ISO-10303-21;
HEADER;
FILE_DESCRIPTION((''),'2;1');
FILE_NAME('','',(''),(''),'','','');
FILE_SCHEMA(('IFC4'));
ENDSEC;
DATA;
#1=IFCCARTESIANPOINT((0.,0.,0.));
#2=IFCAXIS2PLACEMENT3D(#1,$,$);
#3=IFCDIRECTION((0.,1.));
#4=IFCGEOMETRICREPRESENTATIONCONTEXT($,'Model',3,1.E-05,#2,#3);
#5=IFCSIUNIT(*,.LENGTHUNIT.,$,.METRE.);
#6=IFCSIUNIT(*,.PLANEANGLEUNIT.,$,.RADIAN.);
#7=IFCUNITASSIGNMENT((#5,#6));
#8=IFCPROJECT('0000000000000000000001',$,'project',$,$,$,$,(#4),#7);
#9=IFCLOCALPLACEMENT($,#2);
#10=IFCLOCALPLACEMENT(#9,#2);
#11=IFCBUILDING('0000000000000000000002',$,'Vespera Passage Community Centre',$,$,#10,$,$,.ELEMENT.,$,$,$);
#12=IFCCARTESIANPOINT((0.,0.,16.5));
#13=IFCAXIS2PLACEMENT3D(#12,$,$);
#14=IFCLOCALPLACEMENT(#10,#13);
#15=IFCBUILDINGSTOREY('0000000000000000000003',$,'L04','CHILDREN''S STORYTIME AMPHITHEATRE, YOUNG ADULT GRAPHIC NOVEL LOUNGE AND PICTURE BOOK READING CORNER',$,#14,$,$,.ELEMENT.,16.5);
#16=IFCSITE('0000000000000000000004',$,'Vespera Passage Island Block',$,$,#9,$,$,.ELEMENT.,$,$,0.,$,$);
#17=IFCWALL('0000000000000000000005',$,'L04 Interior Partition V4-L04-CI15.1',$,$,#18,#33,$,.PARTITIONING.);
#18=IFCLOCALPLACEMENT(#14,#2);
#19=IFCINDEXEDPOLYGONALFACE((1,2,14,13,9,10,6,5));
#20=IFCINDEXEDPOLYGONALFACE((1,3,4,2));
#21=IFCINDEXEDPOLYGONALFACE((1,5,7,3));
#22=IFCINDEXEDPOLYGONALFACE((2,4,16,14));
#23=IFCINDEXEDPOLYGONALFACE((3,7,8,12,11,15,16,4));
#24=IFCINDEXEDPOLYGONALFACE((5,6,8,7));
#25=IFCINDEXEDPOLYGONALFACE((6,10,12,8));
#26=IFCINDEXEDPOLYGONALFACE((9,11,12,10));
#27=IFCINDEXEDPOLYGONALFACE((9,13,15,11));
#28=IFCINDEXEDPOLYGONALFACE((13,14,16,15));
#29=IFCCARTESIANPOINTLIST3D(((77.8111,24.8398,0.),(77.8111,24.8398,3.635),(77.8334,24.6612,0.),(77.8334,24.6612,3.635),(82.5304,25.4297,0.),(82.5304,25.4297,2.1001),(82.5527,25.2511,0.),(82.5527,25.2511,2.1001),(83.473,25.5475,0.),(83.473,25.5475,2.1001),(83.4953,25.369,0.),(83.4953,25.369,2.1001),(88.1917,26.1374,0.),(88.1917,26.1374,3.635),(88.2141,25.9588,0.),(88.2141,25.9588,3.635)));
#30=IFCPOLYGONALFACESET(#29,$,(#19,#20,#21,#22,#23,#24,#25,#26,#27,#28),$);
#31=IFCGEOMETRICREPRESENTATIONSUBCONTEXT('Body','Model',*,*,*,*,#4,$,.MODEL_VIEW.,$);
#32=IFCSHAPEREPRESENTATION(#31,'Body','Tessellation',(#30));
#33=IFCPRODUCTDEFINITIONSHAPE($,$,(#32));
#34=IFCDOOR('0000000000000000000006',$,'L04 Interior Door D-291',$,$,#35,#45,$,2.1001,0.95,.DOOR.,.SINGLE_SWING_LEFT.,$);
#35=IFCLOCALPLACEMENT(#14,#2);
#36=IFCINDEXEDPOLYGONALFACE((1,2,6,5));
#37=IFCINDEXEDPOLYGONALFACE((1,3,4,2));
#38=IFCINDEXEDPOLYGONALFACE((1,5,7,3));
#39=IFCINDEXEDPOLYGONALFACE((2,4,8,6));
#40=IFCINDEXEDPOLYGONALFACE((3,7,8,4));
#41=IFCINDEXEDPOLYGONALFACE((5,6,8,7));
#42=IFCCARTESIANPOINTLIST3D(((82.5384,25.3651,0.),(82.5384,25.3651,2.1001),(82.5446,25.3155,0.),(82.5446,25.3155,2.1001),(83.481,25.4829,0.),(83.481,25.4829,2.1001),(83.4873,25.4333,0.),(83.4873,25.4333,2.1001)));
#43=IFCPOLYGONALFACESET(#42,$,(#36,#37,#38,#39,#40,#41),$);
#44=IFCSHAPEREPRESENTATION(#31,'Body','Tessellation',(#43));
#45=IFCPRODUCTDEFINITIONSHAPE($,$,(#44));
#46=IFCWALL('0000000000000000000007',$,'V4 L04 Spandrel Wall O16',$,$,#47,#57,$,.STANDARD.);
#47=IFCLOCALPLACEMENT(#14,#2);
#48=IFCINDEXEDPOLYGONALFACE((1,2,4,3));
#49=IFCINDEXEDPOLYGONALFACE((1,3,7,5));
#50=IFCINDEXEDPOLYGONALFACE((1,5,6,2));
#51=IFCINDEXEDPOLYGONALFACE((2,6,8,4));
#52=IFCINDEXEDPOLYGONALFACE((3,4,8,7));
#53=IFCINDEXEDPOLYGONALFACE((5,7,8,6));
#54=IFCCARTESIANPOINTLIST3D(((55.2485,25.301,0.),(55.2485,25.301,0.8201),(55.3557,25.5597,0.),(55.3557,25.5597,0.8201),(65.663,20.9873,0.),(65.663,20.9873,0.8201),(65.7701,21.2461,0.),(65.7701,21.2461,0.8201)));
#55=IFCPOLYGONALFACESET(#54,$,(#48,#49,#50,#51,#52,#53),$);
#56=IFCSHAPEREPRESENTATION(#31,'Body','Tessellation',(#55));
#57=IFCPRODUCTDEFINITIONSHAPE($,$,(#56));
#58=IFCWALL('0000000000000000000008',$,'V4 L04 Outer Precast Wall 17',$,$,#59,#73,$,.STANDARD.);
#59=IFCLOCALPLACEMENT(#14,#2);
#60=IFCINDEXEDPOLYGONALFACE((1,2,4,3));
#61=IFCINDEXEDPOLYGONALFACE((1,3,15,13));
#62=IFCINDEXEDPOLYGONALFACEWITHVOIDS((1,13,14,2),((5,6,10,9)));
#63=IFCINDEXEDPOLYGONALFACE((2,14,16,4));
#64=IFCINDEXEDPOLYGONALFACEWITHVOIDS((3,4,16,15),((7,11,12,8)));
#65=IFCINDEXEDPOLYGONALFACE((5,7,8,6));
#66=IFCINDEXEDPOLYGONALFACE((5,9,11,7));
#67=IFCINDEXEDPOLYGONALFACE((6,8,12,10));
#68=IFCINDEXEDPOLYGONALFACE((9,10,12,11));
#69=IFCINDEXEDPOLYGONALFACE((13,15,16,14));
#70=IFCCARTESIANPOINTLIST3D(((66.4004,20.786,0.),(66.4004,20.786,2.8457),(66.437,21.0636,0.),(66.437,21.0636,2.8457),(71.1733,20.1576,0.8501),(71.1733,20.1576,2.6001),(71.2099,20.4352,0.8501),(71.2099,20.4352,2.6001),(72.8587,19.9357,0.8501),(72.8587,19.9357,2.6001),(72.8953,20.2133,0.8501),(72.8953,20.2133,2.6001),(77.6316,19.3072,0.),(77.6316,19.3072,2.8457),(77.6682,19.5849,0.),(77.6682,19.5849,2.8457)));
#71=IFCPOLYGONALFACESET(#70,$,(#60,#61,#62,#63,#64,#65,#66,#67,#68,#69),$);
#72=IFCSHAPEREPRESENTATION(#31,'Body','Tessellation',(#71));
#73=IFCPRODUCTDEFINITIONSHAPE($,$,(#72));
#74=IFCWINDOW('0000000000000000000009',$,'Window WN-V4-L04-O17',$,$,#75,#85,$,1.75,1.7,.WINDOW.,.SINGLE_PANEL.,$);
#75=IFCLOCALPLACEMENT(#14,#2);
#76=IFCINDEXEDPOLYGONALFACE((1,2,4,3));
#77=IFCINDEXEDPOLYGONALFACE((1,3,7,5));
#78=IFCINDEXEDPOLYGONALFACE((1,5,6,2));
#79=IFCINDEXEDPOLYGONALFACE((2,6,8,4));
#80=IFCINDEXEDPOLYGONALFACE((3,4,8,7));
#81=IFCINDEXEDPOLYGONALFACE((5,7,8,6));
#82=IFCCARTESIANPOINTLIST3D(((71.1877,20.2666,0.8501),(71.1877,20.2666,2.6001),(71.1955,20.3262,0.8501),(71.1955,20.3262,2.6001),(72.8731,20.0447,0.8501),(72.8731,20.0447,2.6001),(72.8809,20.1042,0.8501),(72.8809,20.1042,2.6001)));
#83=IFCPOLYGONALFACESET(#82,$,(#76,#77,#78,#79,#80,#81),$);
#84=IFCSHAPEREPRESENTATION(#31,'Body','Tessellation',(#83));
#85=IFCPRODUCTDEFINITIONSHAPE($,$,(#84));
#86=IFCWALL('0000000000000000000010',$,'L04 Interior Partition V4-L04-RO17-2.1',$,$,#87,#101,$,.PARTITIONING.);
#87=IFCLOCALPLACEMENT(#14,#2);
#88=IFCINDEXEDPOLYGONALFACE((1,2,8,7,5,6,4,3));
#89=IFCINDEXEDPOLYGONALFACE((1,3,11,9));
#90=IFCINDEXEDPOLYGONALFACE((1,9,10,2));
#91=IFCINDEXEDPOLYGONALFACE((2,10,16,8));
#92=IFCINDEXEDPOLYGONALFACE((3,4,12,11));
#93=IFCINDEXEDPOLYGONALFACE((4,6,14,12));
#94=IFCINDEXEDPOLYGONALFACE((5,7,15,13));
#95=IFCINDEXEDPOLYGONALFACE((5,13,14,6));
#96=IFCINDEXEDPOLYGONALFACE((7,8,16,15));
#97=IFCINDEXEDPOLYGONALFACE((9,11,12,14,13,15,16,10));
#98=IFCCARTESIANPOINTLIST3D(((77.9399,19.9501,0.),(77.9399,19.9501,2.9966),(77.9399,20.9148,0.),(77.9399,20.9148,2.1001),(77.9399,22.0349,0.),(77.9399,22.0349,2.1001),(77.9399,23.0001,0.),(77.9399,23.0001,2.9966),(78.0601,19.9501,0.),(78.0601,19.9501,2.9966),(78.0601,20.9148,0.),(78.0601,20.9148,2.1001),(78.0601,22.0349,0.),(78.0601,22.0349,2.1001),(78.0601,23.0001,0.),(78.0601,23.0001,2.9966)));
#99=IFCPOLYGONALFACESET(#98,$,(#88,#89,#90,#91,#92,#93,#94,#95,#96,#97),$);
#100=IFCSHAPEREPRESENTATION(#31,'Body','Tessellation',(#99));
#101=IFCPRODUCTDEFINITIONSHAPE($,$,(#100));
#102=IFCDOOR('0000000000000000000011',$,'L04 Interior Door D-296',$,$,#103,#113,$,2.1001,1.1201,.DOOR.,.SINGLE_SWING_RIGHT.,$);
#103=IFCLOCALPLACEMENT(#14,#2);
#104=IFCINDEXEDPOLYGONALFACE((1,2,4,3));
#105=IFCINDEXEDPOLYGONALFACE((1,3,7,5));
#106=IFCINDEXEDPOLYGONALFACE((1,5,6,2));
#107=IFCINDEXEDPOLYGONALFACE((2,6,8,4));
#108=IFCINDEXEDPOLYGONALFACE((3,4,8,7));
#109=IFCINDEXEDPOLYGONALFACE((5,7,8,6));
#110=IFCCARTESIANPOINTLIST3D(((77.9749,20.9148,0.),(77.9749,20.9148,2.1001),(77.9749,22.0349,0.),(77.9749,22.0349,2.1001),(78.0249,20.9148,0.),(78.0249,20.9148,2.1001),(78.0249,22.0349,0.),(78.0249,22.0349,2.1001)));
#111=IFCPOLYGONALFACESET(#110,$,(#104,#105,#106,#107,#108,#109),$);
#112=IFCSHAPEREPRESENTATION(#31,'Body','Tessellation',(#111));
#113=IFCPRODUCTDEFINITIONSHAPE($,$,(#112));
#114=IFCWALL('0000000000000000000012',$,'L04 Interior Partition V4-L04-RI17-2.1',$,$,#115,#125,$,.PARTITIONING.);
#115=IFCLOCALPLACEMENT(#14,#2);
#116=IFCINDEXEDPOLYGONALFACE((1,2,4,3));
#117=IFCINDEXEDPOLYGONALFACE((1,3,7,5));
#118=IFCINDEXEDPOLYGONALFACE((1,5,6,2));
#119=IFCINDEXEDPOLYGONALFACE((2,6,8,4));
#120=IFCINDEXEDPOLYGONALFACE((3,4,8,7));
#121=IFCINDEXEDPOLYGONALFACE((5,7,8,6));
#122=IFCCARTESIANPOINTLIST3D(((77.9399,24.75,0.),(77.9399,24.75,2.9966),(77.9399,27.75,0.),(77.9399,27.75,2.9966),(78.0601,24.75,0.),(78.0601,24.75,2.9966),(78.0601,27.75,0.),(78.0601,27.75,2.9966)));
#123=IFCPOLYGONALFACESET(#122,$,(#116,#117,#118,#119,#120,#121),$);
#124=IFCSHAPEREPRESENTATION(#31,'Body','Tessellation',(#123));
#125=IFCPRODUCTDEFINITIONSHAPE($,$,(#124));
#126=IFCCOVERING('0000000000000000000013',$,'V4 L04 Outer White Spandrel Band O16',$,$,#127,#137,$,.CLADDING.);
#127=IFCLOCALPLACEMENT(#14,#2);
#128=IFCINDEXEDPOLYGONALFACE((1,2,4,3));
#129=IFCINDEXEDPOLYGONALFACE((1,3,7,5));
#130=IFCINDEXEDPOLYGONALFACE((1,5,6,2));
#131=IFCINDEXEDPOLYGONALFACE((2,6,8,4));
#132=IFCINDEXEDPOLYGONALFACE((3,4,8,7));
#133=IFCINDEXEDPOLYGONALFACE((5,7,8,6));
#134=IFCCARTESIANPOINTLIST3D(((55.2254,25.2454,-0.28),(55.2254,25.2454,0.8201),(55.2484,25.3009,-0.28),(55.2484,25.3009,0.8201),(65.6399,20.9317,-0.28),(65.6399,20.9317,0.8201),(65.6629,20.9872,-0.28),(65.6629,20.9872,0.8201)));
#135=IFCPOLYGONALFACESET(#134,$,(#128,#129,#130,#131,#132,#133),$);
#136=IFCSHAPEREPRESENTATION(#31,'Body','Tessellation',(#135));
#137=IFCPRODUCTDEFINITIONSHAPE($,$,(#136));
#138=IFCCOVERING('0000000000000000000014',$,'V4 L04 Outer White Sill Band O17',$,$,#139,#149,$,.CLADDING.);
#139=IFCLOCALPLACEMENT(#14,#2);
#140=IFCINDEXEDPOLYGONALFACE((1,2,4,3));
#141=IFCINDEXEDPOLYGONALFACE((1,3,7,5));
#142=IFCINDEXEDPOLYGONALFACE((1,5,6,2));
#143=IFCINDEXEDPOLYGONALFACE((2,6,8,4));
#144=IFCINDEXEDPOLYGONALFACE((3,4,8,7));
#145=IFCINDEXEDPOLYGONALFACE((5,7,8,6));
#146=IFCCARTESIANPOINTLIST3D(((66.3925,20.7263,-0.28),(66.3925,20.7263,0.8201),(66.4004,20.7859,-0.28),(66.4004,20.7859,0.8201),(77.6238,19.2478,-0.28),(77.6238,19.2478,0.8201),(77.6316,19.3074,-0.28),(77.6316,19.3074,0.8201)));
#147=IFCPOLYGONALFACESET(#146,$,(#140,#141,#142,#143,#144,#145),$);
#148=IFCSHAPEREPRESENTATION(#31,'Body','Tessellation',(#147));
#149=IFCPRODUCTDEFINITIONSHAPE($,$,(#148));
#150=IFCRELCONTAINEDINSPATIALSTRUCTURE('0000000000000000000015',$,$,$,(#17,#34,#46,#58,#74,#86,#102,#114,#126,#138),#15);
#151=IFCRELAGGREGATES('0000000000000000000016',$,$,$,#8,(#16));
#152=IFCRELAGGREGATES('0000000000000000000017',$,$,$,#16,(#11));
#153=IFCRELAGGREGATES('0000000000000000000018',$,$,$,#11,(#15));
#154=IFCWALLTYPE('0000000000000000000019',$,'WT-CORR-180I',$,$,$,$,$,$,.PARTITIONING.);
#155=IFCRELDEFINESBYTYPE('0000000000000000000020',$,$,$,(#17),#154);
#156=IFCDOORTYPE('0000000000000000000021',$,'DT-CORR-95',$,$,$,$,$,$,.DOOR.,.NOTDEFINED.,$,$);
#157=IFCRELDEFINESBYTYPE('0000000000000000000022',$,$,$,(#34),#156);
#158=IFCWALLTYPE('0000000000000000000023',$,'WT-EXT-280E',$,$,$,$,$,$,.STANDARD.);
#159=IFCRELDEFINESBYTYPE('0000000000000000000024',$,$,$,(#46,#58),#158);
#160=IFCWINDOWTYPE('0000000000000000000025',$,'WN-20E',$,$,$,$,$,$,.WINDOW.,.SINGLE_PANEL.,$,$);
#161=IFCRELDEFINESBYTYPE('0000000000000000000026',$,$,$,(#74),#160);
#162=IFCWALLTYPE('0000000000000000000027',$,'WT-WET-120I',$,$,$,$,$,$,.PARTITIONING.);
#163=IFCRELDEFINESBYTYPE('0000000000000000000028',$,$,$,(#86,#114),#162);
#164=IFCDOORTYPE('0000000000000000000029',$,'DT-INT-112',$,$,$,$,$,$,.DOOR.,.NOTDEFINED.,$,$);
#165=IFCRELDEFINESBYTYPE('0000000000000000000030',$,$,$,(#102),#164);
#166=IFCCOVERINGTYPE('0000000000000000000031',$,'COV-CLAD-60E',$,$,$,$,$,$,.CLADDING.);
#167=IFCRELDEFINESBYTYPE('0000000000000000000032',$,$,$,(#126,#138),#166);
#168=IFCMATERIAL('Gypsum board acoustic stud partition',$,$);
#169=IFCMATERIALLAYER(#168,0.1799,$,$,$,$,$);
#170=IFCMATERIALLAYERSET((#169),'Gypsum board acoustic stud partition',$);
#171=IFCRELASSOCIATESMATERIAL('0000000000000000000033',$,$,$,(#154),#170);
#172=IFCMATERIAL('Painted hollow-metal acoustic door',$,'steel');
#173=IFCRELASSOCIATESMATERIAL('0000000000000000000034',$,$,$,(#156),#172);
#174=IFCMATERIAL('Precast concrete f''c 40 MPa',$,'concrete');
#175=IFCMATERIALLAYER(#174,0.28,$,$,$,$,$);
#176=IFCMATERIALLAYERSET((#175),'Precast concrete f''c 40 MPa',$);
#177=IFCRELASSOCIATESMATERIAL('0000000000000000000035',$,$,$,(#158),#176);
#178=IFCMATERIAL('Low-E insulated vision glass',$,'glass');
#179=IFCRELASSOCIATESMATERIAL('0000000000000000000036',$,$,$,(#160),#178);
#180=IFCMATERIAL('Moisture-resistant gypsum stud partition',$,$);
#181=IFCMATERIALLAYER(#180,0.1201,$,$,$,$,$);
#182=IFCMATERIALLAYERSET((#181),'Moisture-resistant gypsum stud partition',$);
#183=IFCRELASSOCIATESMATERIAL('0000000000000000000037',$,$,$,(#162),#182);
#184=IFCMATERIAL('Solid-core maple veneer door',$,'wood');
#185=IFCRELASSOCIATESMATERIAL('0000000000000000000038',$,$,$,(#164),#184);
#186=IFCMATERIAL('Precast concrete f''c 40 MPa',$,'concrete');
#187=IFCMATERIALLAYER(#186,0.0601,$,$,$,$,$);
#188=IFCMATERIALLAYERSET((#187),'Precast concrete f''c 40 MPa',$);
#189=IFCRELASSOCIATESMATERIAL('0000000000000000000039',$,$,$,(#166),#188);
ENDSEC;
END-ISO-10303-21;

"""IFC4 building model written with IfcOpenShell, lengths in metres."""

from ifc_helpers import new_model, si_unit, direction, frame, frame_2d, origin, place, context, subcontext, project, spatial, rectangle, extrude, material, layer, layer_set, type_object, element, fill, save


model = new_model("IFC4")

# Units and contexts
model_context = context("Model", 3, precision=1e-05, world=origin(), true_north=direction((0.0, 1.0)))
body_context = subcontext(model_context, "Body", "Model", "MODEL_VIEW")
ifc_project = project(units=[si_unit("LENGTHUNIT", "METRE"), si_unit("PLANEANGLEUNIT", "RADIAN")], contexts=[model_context])

# Site, building, storey
site_placement = place(None, origin())
site = spatial("IfcSite", under=ifc_project, at=site_placement, Name="Vespera Passage Island Block", CompositionType="ELEMENT", RefElevation=0.0)
building_placement = place(site_placement, origin())
building = spatial("IfcBuilding", under=site, at=building_placement, Name="Vespera Passage Community Centre", CompositionType="ELEMENT")
storey_placement = place(building_placement, frame((0.0, 0.0, 16.5)))
storey = spatial("IfcBuildingStorey", under=building, at=storey_placement, Name="L04", Description="CHILDREN'S STORYTIME AMPHITHEATRE, YOUNG ADULT GRAPHIC NOVEL LOUNGE AND PICTURE BOOK READING CORNER", CompositionType="ELEMENT", Elevation=16.5)

# Wall, opening, door
ifc_material_1 = material(Name="Gypsum board acoustic stud partition")
ifc_layer_1 = layer(ifc_material_1, 0.1799)
ifc_layer_set_1 = layer_set([ifc_layer_1], Name="Gypsum board acoustic stud partition")
wall_type_1 = type_object("IfcWallType", Name="WT-CORR-180I", PredefinedType="PARTITIONING", material=ifc_layer_set_1)
wall_1_placement = place(storey_placement, frame((77.8223, 24.7505, 0.0), z_axis=(0.0, 0.0, 1.0), x_axis=(0.992278, 0.124038, 0.0)))
wall_1 = element("IfcWall", 1, at=wall_1_placement, inside=storey, type_object=wall_type_1, Name="L04 Interior Partition V4-L04-CI15.1", PredefinedType="PARTITIONING", context=body_context, shape_type="SweptSolid", body=[
    extrude(rectangle(XDim=10.4614, YDim=0.1799, at=frame_2d((5.2307, 0.0))), origin(), (0.0, 0.0, 1.0), 3.635),
])
opening_1_placement = place(wall_1_placement, frame((4.7559, 0.0, 0.0)))
opening_1 = element("IfcOpeningElement", 2, at=opening_1_placement, cuts=wall_1, PredefinedType="OPENING", context=body_context, shape_type="SweptSolid", body=[
    extrude(rectangle(XDim=0.95, YDim=2.1001, at=frame_2d((0.4751, 1.05))), frame((0.0, 0.0999, 0.0), z_axis=(0.0, -1.0, 0.0), x_axis=(1.0, 0.0, 0.0)), (0.0, 0.0, 1.0), 0.2),
])
ifc_material_2 = material(Name="Painted hollow-metal acoustic door", Category="steel")
door_type_1 = type_object("IfcDoorType", Name="DT-CORR-95", OperationType="NOTDEFINED", PredefinedType="DOOR", material=ifc_material_2)
door_1_placement = place(opening_1_placement, origin())
door_1 = element("IfcDoor", 3, at=door_1_placement, inside=storey, type_object=door_type_1, Name="L04 Interior Door D-291", OperationType="SINGLE_SWING_LEFT", OverallHeight=2.1001, OverallWidth=0.95, PredefinedType="DOOR", context=body_context, shape_type="SweptSolid", body=[
    extrude(rectangle(XDim=0.95, YDim=2.1001, at=frame_2d((0.4751, 1.05))), frame((0.0, 0.0249, 0.0), z_axis=(0.0, -1.0, 0.0), x_axis=(1.0, 0.0, 0.0)), (0.0, 0.0, 1.0), 0.05),
])
fill(opening_1, door_1)

# Wall
ifc_material_3 = material(Name="Precast concrete f'c 40 MPa", Category="concrete")
ifc_layer_2 = layer(ifc_material_3, 0.28)
ifc_layer_set_2 = layer_set([ifc_layer_2], Name="Precast concrete f'c 40 MPa")
wall_type_2 = type_object("IfcWallType", Name="WT-EXT-280E", PredefinedType="STANDARD", material=ifc_layer_set_2)
wall_2_placement = place(storey_placement, frame((65.7166, 21.1167, 0.0), z_axis=(0.0, 0.0, 1.0), x_axis=(-0.923884, 0.382674, 0.0)))
element("IfcWall", 4, at=wall_2_placement, inside=storey, type_object=wall_type_2, Name="V4 L04 Spandrel Wall O16", PredefinedType="STANDARD", context=body_context, shape_type="SweptSolid", body=[
    extrude(rectangle(XDim=11.2725, YDim=0.28, at=frame_2d((5.6362, 0.0))), origin(), (0.0, 0.0, 1.0), 0.8201),
])

# Wall, opening, window
wall_3_placement = place(storey_placement, frame((77.6499, 19.446, 0.0), z_axis=(0.0, 0.0, 1.0), x_axis=(-0.991443, 0.130539, 0.0)))
wall_3 = element("IfcWall", 5, at=wall_3_placement, inside=storey, type_object=wall_type_2, Name="V4 L04 Outer Precast Wall 17", PredefinedType="STANDARD", context=body_context, shape_type="SweptSolid", body=[
    extrude(rectangle(XDim=11.3281, YDim=0.28, at=frame_2d((5.6641, 0.0))), origin(), (0.0, 0.0, 1.0), 2.8457),
])
opening_2_placement = place(wall_3_placement, frame((4.814, 0.0, 0.8501)))
opening_2 = element("IfcOpeningElement", 6, at=opening_2_placement, cuts=wall_3, PredefinedType="OPENING", context=body_context, shape_type="SweptSolid", body=[
    extrude(rectangle(XDim=1.7, YDim=1.75, at=frame_2d((0.8501, 0.875))), frame((0.0, 0.1501, 0.0), z_axis=(0.0, -1.0, 0.0), x_axis=(1.0, 0.0, 0.0)), (0.0, 0.0, 1.0), 0.3),
])
ifc_material_4 = material(Name="Low-E insulated vision glass", Category="glass")
window_type = type_object("IfcWindowType", Name="WN-20E", PartitioningType="SINGLE_PANEL", PredefinedType="WINDOW", material=ifc_material_4)
window_placement = place(opening_2_placement, origin())
window = element("IfcWindow", 7, at=window_placement, inside=storey, type_object=window_type, Name="Window WN-V4-L04-O17", OverallHeight=1.75, OverallWidth=1.7, PartitioningType="SINGLE_PANEL", PredefinedType="WINDOW", context=body_context, shape_type="SweptSolid", body=[
    extrude(rectangle(XDim=1.7, YDim=1.75, at=frame_2d((0.8501, 0.875))), frame((0.0, 0.03, 0.0), z_axis=(0.0, -1.0, 0.0), x_axis=(1.0, 0.0, 0.0)), (0.0, 0.0, 1.0), 0.0601),
])
fill(opening_2, window)

# Wall, opening, door
ifc_material_5 = material(Name="Moisture-resistant gypsum stud partition")
ifc_layer_3 = layer(ifc_material_5, 0.1201)
ifc_layer_set_3 = layer_set([ifc_layer_3], Name="Moisture-resistant gypsum stud partition")
wall_type_3 = type_object("IfcWallType", Name="WT-WET-120I", PredefinedType="PARTITIONING", material=ifc_layer_set_3)
wall_4_placement = place(storey_placement, frame((78.0, 23.0, 0.0), z_axis=(0.0, 0.0, 1.0), x_axis=(0.0, -1.0, 0.0)))
wall_4 = element("IfcWall", 8, at=wall_4_placement, inside=storey, type_object=wall_type_3, Name="L04 Interior Partition V4-L04-RO17-2.1", PredefinedType="PARTITIONING", context=body_context, shape_type="SweptSolid", body=[
    extrude(rectangle(XDim=3.05, YDim=0.1201, at=frame_2d((1.5249, 0.0))), origin(), (0.0, 0.0, 1.0), 2.9966),
])
opening_3_placement = place(wall_4_placement, frame((0.9651, 0.0, 0.0)))
opening_3 = element("IfcOpeningElement", 9, at=opening_3_placement, cuts=wall_4, PredefinedType="OPENING", context=body_context, shape_type="SweptSolid", body=[
    extrude(rectangle(XDim=1.1201, YDim=2.1001, at=frame_2d((0.5601, 1.05))), frame((0.0, 0.0701, 0.0), z_axis=(0.0, -1.0, 0.0), x_axis=(1.0, 0.0, 0.0)), (0.0, 0.0, 1.0), 0.1401),
])
ifc_material_6 = material(Name="Solid-core maple veneer door", Category="wood")
door_type_2 = type_object("IfcDoorType", Name="DT-INT-112", OperationType="NOTDEFINED", PredefinedType="DOOR", material=ifc_material_6)
door_2_placement = place(opening_3_placement, origin())
door_2 = element("IfcDoor", 10, at=door_2_placement, inside=storey, type_object=door_type_2, Name="L04 Interior Door D-296", OperationType="SINGLE_SWING_RIGHT", OverallHeight=2.1001, OverallWidth=1.1201, PredefinedType="DOOR", context=body_context, shape_type="SweptSolid", body=[
    extrude(rectangle(XDim=1.1201, YDim=2.1001, at=frame_2d((0.5601, 1.05))), frame((0.0, 0.0249, 0.0), z_axis=(0.0, -1.0, 0.0), x_axis=(1.0, 0.0, 0.0)), (0.0, 0.0, 1.0), 0.05),
])
fill(opening_3, door_2)

# Wall
wall_5_placement = place(storey_placement, frame((78.0, 27.75, 0.0), z_axis=(0.0, 0.0, 1.0), x_axis=(0.0, -1.0, 0.0)))
element("IfcWall", 11, at=wall_5_placement, inside=storey, type_object=wall_type_3, Name="L04 Interior Partition V4-L04-RI17-2.1", PredefinedType="PARTITIONING", context=body_context, shape_type="SweptSolid", body=[
    extrude(rectangle(XDim=3.0, YDim=0.1201, at=frame_2d((1.5, 0.0))), origin(), (0.0, 0.0, 1.0), 2.9966),
])

# Coverings
ifc_material_7 = material(Name="Precast concrete f'c 40 MPa", Category="concrete")
ifc_layer_4 = layer(ifc_material_7, 0.0601)
ifc_layer_set_4 = layer_set([ifc_layer_4], Name="Precast concrete f'c 40 MPa")
covering_type = type_object("IfcCoveringType", Name="COV-CLAD-60E", PredefinedType="CLADDING", material=ifc_layer_set_4)
covering_1_placement = place(storey_placement, frame((65.6514, 20.9595, -0.28), z_axis=(0.0, 0.0, 1.0), x_axis=(-0.923884, 0.382674, 0.0)))
element("IfcCovering", 12, at=covering_1_placement, inside=storey, type_object=covering_type, Name="V4 L04 Outer White Spandrel Band O16", PredefinedType="CLADDING", context=body_context, shape_type="SweptSolid", body=[
    extrude(rectangle(XDim=11.2725, YDim=0.0601, at=frame_2d((5.6362, 0.0))), origin(), (0.0, 0.0, 1.0), 1.1001),
])
covering_2_placement = place(storey_placement, frame((77.6277, 19.2776, -0.28), z_axis=(0.0, 0.0, 1.0), x_axis=(-0.991446, 0.130518, 0.0)))
element("IfcCovering", 13, at=covering_2_placement, inside=storey, type_object=covering_type, Name="V4 L04 Outer White Sill Band O17", PredefinedType="CLADDING", context=body_context, shape_type="SweptSolid", body=[
    extrude(rectangle(XDim=11.3281, YDim=0.0601, at=frame_2d((5.6641, 0.0))), origin(), (0.0, 0.0, 1.0), 1.1001),
])

save(model, "model.ifc")
